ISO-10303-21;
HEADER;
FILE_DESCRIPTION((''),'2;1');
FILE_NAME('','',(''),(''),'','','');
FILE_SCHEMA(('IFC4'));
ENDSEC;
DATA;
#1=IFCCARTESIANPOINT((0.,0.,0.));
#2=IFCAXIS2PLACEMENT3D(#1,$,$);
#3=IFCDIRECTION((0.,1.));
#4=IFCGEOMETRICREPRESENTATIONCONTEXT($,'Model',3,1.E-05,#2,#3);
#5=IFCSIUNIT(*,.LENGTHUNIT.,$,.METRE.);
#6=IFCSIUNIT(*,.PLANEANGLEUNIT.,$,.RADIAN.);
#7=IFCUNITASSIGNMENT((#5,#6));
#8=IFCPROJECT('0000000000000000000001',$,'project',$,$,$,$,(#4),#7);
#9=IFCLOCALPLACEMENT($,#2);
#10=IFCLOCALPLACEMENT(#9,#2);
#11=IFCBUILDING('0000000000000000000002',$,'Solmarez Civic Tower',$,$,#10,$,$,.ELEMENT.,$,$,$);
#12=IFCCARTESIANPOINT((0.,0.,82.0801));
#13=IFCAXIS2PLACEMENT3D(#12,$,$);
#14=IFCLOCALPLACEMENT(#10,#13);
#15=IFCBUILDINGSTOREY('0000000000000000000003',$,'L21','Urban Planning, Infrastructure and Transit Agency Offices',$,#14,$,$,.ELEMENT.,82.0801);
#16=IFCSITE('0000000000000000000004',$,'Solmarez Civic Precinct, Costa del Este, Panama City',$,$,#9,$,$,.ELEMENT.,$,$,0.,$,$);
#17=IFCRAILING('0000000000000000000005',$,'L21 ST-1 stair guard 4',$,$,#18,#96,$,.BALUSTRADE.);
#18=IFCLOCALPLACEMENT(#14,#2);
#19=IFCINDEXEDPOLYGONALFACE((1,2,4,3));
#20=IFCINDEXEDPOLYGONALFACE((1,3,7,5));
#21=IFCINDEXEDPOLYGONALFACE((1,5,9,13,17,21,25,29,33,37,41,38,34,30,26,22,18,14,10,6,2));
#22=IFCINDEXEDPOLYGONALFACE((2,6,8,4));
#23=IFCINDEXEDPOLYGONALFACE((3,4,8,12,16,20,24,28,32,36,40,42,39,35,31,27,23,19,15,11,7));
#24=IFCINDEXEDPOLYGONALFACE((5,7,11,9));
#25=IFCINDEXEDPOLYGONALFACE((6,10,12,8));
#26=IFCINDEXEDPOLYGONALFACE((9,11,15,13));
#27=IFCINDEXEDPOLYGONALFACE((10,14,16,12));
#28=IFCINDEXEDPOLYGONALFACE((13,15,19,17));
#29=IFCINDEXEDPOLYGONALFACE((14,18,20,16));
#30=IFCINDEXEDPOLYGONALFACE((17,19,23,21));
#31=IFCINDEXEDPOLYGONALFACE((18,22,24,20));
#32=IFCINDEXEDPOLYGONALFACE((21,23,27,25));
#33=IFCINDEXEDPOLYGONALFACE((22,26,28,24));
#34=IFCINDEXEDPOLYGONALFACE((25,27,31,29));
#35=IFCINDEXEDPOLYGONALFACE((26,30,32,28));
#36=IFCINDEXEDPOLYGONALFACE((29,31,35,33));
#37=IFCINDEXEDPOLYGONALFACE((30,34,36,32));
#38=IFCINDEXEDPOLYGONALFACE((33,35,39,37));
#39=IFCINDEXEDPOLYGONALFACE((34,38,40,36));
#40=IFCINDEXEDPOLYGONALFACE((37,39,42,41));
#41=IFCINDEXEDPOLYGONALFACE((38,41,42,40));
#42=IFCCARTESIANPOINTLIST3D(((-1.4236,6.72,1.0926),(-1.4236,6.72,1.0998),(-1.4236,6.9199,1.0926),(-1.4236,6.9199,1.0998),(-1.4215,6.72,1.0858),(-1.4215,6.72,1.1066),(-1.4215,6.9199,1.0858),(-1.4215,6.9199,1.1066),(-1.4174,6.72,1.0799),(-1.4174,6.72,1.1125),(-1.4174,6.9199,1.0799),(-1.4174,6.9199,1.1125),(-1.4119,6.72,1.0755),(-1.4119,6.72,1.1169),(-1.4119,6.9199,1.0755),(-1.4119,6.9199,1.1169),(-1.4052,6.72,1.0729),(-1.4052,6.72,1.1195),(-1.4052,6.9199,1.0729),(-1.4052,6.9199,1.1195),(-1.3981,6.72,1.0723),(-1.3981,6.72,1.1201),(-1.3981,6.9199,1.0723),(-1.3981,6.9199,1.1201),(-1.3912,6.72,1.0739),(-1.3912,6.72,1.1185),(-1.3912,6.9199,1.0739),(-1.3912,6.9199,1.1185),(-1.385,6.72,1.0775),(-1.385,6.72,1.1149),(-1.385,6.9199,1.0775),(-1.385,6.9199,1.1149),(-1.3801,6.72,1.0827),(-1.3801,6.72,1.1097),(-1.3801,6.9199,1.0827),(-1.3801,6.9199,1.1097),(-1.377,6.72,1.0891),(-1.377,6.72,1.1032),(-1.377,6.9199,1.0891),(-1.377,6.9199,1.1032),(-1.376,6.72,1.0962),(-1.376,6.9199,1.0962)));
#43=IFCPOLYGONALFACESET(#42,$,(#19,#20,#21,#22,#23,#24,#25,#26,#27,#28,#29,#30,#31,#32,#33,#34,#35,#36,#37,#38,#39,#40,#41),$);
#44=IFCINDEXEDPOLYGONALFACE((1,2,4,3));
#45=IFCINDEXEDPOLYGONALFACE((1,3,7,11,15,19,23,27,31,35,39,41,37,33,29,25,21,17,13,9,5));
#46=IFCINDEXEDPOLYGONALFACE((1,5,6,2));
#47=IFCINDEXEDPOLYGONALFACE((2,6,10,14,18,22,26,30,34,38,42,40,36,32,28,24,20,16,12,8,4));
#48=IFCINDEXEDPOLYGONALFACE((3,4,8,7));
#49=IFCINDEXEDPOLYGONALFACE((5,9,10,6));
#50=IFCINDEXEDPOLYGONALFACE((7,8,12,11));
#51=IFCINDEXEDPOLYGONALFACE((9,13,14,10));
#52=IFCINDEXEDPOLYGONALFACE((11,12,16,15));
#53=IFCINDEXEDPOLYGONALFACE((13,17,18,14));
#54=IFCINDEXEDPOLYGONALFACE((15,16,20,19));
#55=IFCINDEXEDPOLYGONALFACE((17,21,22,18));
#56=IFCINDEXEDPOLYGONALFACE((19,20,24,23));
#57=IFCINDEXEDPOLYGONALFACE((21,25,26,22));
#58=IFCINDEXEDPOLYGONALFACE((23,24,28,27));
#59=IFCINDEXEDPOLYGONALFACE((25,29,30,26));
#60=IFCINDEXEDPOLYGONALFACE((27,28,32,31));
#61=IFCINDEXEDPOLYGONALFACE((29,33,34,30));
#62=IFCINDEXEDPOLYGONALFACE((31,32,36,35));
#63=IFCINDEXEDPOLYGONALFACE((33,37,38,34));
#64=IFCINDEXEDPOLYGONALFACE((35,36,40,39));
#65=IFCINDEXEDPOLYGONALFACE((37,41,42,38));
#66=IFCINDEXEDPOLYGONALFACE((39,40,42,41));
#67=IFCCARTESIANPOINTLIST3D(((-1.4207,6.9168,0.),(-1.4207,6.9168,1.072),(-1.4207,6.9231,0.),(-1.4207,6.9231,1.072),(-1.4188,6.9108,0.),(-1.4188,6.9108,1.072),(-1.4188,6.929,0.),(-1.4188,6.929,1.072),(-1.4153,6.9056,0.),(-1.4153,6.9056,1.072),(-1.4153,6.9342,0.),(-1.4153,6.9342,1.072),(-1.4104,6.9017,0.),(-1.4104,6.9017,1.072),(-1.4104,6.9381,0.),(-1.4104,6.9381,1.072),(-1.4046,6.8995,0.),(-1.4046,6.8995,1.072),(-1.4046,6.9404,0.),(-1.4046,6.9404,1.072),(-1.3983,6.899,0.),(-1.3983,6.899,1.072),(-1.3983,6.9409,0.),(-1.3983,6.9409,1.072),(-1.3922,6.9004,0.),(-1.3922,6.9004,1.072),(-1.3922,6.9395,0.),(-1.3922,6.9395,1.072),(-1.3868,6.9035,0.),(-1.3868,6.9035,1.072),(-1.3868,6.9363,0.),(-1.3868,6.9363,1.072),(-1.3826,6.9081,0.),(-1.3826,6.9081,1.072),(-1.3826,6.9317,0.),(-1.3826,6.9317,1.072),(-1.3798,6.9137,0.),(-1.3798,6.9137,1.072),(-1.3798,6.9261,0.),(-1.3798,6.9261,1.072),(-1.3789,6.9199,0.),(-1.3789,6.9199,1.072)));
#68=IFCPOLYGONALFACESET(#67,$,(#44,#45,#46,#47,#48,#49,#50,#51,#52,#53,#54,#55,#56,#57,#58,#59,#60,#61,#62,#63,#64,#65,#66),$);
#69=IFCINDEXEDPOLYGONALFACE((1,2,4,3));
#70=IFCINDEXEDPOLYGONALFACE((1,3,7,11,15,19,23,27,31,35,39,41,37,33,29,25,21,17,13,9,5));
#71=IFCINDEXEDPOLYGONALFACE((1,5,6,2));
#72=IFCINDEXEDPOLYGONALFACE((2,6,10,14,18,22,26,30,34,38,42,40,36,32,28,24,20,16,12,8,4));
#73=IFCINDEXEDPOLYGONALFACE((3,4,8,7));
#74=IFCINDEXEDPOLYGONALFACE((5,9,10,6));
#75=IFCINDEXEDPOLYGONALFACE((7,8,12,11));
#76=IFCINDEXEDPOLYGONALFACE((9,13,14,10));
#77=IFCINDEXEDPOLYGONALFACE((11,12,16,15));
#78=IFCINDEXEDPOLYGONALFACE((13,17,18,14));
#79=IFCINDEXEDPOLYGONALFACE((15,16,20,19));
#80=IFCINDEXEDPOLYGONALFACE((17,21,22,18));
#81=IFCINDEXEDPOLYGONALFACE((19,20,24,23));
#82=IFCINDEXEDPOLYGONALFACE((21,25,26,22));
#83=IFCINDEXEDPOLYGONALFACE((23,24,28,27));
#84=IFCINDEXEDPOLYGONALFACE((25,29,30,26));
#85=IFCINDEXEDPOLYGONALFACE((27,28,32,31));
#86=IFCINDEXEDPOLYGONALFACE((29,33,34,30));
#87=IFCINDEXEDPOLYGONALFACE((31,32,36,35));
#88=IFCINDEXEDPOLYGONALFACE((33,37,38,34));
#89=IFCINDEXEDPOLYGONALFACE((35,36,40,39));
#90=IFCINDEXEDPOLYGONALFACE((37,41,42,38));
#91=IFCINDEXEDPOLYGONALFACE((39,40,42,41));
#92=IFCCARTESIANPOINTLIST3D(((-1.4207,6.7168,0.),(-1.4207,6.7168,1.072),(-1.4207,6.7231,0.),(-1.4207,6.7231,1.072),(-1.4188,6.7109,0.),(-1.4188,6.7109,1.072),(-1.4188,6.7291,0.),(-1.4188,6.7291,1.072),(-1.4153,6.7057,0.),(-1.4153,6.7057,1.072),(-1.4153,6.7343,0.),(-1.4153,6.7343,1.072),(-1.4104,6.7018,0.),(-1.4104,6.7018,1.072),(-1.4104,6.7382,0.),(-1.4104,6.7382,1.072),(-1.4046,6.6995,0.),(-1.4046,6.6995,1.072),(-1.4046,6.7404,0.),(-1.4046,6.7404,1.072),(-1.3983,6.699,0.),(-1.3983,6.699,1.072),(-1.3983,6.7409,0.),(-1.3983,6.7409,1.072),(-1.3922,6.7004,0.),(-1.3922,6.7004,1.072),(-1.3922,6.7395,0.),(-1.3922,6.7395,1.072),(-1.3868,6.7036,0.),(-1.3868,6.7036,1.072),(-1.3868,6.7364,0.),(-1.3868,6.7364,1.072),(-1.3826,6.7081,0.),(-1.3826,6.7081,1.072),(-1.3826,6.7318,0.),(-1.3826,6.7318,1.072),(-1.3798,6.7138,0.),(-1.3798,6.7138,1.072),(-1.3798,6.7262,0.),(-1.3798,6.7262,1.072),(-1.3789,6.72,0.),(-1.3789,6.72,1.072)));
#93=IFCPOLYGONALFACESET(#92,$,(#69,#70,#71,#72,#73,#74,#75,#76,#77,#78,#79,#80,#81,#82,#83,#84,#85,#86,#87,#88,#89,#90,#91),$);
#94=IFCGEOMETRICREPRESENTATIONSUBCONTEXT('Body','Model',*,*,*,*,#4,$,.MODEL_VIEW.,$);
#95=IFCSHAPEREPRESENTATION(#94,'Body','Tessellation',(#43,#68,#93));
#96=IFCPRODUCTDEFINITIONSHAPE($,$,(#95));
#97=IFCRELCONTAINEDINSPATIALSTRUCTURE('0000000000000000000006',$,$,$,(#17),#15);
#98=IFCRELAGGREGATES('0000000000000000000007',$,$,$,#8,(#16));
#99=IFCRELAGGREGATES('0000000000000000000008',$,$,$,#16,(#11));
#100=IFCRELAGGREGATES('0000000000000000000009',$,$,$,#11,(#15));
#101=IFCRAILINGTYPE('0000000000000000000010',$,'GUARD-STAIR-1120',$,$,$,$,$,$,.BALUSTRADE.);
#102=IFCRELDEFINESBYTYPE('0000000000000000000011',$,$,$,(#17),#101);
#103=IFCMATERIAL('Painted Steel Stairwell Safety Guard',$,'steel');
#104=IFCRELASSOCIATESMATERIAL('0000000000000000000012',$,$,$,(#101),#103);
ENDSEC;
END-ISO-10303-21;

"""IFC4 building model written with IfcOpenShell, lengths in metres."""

from ifc_helpers import new_model, si_unit, direction, frame, origin, origin_2d, place, context, subcontext, project, spatial, circle, extrude, material, type_object, element, save


model = new_model("IFC4")

# Units and contexts
model_context = context("Model", 3, precision=1e-05, world=origin(), true_north=direction((0.0, 1.0)))
body_context = subcontext(model_context, "Body", "Model", "MODEL_VIEW")
ifc_project = project(units=[si_unit("LENGTHUNIT", "METRE"), si_unit("PLANEANGLEUNIT", "RADIAN")], contexts=[model_context])

# Site, building, storey
site_placement = place(None, origin())
site = spatial("IfcSite", under=ifc_project, at=site_placement, Name="Solmarez Civic Precinct, Costa del Este, Panama City", CompositionType="ELEMENT", RefElevation=0.0)
building_placement = place(site_placement, origin())
building = spatial("IfcBuilding", under=site, at=building_placement, Name="Solmarez Civic Tower", CompositionType="ELEMENT")
storey_placement = place(building_placement, frame((0.0, 0.0, 82.0801)))
storey = spatial("IfcBuildingStorey", under=building, at=storey_placement, Name="L21", Description="Urban Planning, Infrastructure and Transit Agency Offices", CompositionType="ELEMENT", Elevation=82.0801)

# Railing
ifc_material_1 = material(Name="Painted Steel Stairwell Safety Guard", Category="steel")
railing_type_1 = type_object("IfcRailingType", Name="GUARD-STAIR-1120", PredefinedType="BALUSTRADE", material=ifc_material_1)
railing_1_placement = place(storey_placement, frame((-1.3999, 6.9199, 0.0)))
element("IfcRailing", 1, at=railing_1_placement, inside=storey, type_object=railing_type_1, Name="L21 ST-1 stair guard 4", PredefinedType="BALUSTRADE", context=body_context, shape_type="SweptSolid", body=[
    extrude(circle(Radius=0.0239, at=origin_2d()), frame((0.0, 0.0, 1.0962), z_axis=(0.0, -1.0, 0.0), x_axis=(1.0, 0.0, 0.0)), (0.0, 0.0, 1.0), 0.2),
    extrude(circle(Radius=0.021, at=origin_2d()), origin(), (0.0, 0.0, 1.0), 1.072),
    extrude(circle(Radius=0.021, at=origin_2d()), frame((0.0, -0.2, 0.0)), (0.0, 0.0, 1.0), 1.072),
])

save(model, "model.ifc")
